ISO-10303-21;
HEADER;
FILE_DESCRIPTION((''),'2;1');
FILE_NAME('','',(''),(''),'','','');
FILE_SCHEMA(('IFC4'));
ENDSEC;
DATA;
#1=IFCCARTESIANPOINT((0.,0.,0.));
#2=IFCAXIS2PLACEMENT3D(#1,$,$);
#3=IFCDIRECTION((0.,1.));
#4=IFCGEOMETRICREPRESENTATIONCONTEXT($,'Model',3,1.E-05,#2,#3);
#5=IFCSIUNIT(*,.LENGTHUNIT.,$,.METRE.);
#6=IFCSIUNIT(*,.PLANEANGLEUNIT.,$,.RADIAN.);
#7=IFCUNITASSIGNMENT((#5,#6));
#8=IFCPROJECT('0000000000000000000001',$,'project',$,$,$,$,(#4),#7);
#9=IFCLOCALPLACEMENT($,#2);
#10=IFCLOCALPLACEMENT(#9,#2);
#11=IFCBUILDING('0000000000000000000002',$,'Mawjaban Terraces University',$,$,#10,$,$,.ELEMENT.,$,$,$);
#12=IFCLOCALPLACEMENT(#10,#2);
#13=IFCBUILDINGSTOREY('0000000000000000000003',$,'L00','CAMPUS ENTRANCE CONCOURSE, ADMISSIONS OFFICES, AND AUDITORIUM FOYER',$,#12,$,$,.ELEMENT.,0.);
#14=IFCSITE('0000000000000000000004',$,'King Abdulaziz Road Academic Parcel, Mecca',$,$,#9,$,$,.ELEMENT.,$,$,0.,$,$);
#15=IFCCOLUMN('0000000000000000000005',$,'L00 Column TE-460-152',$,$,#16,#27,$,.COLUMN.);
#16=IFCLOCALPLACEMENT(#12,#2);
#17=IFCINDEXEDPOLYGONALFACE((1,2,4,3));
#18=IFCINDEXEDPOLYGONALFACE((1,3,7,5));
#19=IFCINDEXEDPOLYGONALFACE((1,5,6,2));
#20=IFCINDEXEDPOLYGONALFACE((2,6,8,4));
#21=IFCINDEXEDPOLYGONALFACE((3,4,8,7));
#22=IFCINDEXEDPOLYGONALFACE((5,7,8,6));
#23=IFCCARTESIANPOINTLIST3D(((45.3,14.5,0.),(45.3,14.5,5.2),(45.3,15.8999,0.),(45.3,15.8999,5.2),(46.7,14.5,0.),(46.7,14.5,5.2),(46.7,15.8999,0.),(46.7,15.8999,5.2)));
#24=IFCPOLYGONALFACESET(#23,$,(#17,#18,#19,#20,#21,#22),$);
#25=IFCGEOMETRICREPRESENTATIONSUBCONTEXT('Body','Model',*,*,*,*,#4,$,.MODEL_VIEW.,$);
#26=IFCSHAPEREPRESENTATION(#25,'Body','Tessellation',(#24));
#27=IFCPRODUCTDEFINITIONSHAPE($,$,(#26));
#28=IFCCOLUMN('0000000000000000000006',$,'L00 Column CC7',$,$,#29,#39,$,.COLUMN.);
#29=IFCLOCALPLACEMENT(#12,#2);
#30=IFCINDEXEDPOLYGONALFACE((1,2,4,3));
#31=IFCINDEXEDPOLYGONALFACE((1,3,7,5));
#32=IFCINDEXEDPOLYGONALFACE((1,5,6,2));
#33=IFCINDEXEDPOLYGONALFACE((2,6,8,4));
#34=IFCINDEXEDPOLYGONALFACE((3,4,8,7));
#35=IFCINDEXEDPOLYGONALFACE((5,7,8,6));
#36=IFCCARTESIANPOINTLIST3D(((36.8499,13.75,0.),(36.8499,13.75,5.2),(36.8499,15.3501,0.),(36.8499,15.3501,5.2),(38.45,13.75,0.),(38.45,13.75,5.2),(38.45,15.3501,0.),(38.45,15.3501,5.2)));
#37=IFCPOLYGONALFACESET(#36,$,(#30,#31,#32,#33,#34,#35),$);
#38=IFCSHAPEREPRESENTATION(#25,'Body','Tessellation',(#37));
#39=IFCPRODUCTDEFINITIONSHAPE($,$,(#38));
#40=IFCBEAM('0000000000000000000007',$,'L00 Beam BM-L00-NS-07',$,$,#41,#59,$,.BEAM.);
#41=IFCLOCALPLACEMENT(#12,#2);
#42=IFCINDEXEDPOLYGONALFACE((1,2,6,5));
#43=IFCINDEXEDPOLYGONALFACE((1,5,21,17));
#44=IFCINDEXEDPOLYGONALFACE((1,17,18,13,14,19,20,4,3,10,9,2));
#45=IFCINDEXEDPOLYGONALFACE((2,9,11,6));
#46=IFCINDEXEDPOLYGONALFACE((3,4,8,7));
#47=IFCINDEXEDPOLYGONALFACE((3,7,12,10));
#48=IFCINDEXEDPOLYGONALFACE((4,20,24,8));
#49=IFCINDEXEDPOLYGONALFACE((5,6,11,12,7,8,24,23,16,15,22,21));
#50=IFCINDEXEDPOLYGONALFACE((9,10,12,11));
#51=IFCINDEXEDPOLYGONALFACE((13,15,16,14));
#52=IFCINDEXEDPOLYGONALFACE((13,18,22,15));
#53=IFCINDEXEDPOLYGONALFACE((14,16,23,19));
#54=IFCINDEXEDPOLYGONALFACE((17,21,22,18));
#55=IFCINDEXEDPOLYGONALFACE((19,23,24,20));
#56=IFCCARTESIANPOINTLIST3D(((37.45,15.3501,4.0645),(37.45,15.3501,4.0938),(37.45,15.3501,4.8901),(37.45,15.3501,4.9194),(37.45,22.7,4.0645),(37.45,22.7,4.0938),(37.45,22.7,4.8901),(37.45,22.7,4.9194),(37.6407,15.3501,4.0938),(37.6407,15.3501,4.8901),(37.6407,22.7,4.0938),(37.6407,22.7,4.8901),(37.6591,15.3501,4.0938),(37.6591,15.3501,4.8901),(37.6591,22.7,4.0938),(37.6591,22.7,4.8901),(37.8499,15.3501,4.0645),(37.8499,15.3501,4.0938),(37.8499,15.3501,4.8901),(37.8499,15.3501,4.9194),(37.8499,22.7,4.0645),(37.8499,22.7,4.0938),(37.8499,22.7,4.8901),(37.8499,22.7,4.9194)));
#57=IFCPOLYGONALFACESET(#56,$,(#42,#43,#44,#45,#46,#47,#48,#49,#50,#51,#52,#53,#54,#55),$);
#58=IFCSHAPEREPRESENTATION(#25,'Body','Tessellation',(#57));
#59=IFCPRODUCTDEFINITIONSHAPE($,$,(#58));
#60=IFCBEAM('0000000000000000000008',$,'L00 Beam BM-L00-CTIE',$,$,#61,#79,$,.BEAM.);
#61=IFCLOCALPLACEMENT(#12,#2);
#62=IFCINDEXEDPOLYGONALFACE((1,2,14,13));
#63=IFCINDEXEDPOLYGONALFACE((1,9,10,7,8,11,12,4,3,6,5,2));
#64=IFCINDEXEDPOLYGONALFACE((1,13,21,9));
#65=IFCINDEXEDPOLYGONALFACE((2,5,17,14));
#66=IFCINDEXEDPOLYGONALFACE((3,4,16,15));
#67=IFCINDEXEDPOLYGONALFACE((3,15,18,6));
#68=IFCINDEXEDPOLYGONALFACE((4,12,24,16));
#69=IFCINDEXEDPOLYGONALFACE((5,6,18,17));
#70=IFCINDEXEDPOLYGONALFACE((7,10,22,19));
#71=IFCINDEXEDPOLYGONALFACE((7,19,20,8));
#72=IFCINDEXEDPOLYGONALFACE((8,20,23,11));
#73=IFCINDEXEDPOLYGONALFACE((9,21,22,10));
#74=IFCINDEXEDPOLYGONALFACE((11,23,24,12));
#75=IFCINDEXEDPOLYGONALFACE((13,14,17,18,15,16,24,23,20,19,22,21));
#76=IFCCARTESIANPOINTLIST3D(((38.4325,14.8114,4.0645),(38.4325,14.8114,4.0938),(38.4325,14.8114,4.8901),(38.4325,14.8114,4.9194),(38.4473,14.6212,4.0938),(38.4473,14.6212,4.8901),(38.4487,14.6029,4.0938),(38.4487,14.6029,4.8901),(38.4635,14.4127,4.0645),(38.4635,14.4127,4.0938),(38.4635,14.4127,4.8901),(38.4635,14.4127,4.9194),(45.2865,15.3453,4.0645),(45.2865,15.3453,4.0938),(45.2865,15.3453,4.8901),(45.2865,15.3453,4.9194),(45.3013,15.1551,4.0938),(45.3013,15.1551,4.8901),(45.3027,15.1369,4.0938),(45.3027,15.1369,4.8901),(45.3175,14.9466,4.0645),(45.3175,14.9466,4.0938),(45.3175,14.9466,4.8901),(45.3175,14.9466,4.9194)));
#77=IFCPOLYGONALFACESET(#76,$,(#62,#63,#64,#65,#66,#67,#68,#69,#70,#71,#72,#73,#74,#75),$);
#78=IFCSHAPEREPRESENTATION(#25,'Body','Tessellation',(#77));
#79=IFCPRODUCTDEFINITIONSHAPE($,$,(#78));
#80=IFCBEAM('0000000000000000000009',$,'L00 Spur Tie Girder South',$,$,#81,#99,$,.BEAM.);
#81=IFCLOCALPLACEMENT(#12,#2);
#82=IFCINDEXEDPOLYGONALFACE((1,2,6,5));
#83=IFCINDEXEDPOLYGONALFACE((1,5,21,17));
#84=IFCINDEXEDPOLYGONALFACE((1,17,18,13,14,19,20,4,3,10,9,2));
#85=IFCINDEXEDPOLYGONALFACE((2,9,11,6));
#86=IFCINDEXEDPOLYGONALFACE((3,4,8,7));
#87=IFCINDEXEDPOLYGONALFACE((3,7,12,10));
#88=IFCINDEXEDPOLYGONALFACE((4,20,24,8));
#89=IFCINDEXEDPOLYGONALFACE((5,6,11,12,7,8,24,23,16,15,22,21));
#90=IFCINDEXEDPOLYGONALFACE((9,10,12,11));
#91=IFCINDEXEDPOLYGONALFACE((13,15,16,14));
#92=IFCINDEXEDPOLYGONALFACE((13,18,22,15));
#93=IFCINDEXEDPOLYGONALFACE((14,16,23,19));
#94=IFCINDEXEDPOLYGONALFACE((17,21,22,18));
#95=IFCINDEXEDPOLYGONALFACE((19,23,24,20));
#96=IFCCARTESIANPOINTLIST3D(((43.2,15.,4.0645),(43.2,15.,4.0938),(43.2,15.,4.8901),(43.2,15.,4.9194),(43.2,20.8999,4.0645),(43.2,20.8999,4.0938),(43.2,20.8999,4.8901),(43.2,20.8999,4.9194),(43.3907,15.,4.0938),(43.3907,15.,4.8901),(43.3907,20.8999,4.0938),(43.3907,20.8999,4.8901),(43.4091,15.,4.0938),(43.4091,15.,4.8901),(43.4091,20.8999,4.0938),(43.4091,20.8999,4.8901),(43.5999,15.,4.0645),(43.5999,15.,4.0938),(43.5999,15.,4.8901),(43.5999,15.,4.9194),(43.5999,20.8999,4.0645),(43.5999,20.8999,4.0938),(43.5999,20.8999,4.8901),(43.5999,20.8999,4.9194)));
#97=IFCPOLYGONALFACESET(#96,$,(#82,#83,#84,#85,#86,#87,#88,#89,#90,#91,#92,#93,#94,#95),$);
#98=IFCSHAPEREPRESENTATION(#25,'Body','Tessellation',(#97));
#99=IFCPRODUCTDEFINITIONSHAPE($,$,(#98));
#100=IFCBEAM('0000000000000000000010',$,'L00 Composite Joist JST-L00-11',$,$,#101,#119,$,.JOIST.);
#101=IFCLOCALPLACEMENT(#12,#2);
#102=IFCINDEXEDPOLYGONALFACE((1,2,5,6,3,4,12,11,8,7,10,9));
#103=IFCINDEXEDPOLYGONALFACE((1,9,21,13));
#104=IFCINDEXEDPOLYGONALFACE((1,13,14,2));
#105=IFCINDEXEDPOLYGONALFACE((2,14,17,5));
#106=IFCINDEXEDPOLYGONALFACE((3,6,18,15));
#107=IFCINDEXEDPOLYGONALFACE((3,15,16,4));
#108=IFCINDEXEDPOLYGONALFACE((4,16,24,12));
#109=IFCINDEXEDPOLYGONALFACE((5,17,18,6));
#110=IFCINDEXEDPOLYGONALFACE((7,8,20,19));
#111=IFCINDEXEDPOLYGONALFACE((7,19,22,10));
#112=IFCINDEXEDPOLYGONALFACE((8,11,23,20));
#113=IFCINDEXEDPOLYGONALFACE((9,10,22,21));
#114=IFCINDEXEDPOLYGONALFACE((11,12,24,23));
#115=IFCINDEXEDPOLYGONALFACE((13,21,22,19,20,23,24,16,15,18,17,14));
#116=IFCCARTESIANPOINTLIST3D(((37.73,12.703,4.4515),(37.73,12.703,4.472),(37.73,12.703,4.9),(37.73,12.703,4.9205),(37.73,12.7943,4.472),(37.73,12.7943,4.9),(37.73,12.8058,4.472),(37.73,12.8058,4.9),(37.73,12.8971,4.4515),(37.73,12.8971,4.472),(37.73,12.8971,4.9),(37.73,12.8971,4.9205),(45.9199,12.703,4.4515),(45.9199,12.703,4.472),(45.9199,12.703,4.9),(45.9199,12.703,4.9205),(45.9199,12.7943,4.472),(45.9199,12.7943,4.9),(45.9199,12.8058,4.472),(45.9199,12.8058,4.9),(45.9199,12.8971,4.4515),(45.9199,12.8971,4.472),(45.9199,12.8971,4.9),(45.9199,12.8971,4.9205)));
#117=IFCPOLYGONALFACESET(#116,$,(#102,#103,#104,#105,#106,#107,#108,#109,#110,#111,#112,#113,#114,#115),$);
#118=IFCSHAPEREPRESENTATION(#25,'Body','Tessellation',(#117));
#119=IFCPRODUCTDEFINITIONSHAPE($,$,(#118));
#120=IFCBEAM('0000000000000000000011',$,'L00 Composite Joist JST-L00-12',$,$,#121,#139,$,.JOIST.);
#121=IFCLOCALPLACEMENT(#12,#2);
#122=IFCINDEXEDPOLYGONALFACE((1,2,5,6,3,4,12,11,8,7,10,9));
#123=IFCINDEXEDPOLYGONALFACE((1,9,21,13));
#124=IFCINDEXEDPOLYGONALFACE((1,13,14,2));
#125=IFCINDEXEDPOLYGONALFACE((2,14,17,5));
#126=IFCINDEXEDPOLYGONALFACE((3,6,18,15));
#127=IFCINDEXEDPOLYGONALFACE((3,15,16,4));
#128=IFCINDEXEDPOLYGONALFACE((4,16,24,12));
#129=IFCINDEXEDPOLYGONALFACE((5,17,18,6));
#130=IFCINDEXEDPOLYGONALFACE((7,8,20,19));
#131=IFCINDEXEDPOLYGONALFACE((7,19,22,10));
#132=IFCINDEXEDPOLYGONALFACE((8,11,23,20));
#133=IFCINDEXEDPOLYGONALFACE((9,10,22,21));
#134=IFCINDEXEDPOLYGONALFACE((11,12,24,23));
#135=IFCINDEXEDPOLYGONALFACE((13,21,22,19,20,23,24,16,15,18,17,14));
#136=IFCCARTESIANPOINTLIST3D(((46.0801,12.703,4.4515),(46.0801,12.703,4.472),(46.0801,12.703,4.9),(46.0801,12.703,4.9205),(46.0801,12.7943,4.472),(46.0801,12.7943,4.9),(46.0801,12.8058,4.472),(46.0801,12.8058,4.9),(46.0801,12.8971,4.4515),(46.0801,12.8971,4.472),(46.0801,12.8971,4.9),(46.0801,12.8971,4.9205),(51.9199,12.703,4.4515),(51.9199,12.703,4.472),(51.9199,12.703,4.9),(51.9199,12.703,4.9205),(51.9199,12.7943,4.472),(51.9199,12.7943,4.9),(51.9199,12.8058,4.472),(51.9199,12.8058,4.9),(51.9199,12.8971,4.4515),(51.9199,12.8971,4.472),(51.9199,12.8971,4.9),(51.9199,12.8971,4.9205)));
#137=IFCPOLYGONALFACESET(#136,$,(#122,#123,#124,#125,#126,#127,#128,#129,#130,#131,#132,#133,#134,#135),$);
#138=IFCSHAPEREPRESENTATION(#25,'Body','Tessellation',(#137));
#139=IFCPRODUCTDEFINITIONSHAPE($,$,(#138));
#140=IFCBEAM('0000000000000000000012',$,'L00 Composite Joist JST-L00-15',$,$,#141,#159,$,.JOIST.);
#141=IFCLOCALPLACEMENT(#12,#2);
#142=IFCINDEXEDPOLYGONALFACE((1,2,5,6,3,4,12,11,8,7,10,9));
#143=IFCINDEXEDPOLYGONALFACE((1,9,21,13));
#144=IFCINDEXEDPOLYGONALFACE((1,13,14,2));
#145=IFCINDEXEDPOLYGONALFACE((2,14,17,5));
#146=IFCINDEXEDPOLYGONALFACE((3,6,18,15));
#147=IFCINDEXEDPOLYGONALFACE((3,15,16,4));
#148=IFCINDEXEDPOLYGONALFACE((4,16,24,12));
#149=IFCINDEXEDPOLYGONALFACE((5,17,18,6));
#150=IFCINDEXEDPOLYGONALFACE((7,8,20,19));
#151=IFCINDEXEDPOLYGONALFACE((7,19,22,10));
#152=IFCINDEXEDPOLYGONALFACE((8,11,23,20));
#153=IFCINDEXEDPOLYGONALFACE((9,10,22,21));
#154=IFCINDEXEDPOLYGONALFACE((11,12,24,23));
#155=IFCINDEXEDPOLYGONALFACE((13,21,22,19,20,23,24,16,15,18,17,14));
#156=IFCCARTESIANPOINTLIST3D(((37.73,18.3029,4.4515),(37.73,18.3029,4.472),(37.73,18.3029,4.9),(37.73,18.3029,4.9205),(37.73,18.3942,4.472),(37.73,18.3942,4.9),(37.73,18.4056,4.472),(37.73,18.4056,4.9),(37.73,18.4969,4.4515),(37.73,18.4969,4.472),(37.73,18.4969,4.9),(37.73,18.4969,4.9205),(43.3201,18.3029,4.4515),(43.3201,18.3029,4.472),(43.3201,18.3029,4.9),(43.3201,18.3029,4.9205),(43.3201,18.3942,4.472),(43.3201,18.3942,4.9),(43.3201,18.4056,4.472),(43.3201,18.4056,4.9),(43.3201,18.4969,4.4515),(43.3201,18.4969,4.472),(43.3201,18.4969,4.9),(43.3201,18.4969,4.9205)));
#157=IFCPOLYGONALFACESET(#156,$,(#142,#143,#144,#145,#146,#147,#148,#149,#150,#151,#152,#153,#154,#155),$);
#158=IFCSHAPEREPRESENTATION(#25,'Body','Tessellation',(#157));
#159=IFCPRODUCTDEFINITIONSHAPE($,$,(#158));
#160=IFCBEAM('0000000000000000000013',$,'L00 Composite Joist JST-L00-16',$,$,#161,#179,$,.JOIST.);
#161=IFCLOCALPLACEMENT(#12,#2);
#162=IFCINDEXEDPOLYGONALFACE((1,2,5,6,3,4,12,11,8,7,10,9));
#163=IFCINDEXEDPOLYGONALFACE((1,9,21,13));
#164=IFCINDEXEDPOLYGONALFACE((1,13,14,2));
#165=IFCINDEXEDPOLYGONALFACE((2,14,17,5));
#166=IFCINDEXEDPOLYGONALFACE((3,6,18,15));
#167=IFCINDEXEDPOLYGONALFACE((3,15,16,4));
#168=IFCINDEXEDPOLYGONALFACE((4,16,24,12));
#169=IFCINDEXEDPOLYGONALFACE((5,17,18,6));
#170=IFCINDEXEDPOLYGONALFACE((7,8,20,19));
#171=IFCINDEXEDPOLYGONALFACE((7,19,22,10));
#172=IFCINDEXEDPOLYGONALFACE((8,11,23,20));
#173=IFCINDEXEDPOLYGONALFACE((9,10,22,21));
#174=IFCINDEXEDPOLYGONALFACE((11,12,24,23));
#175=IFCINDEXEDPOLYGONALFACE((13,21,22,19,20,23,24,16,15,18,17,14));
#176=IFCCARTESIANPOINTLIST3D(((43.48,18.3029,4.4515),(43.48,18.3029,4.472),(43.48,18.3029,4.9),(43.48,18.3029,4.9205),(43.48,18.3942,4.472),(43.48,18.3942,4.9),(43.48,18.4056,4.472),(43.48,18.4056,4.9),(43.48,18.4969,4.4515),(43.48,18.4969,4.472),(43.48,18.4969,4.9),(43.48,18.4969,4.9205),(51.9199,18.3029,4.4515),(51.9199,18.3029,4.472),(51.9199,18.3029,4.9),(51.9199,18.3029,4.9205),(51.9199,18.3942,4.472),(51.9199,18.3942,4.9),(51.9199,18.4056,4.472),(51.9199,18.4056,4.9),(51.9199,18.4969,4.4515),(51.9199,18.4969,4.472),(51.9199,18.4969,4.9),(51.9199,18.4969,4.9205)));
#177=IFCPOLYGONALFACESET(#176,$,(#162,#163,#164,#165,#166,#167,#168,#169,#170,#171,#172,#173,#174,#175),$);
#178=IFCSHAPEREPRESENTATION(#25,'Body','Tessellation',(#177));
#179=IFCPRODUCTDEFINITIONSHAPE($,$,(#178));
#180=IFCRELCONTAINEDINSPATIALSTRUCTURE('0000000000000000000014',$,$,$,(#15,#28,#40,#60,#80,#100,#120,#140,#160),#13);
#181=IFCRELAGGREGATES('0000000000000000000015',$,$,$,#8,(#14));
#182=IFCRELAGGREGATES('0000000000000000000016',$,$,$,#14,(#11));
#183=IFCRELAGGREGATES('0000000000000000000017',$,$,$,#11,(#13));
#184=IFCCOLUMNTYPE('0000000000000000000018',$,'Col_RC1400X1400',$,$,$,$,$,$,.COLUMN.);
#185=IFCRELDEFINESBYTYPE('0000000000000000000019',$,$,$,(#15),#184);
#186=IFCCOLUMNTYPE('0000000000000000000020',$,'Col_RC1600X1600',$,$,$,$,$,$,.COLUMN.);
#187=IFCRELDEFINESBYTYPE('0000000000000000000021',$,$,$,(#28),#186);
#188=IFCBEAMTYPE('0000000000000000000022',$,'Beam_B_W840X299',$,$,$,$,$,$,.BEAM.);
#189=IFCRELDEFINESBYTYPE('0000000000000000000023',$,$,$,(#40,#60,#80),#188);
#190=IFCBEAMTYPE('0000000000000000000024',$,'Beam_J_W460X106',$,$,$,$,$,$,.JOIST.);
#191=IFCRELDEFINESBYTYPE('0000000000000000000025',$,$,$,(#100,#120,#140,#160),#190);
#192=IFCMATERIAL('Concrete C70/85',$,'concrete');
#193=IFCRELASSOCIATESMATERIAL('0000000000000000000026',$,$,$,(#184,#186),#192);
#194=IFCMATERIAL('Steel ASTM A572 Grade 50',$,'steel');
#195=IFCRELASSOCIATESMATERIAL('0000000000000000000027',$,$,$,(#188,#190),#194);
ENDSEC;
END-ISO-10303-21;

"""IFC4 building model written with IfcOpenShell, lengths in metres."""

from ifc_helpers import new_model, si_unit, direction, frame, origin, origin_2d, place, context, subcontext, project, spatial, rectangle, i_section, extrude, material, material_profile, profile_set, type_object, element, save


model = new_model("IFC4")

# Units and contexts
model_context = context("Model", 3, precision=1e-05, world=origin(), true_north=direction((0.0, 1.0)))
body_context = subcontext(model_context, "Body", "Model", "MODEL_VIEW")
ifc_project = project(units=[si_unit("LENGTHUNIT", "METRE"), si_unit("PLANEANGLEUNIT", "RADIAN")], contexts=[model_context])

# Site, building, storey
site_placement = place(None, origin())
site = spatial("IfcSite", under=ifc_project, at=site_placement, Name="King Abdulaziz Road Academic Parcel, Mecca", CompositionType="ELEMENT", RefElevation=0.0)
building_placement = place(site_placement, origin())
building = spatial("IfcBuilding", under=site, at=building_placement, Name="Mawjaban Terraces University", CompositionType="ELEMENT")
storey_placement = place(building_placement, origin())
storey = spatial("IfcBuildingStorey", under=building, at=storey_placement, Name="L00", Description="CAMPUS ENTRANCE CONCOURSE, ADMISSIONS OFFICES, AND AUDITORIUM FOYER", CompositionType="ELEMENT", Elevation=0.0)

# Columns
ifc_material_1 = material(Name="Concrete C70/85", Category="concrete")
ifc_material_profile_1 = material_profile(ifc_material_1, rectangle(XDim=1.3999, YDim=1.3999, at=origin_2d()), Name="RC1400X1400")
ifc_profile_set_1 = profile_set([ifc_material_profile_1], Name="Concrete C70/85")
column_type_1 = type_object("IfcColumnType", Name="Col_RC1400X1400", PredefinedType="COLUMN", material=ifc_profile_set_1)
column_1_placement = place(storey_placement, frame((46.0, 15.2, 0.0), z_axis=(0.0, 0.0, 1.0), x_axis=(1.0, 0.0, 0.0)))
element("IfcColumn", 1, at=column_1_placement, inside=storey, type_object=column_type_1, Name="L00 Column TE-460-152", PredefinedType="COLUMN", context=body_context, shape_type="SweptSolid", body=[
    extrude(rectangle(XDim=1.3999, YDim=1.3999, at=origin_2d()), origin(), (0.0, 0.0, 1.0), 5.2),
])
ifc_material_profile_2 = material_profile(ifc_material_1, rectangle(XDim=1.6001, YDim=1.6001, at=origin_2d()), Name="RC1600X1600")
ifc_profile_set_2 = profile_set([ifc_material_profile_2], Name="Concrete C70/85")
column_type_2 = type_object("IfcColumnType", Name="Col_RC1600X1600", PredefinedType="COLUMN", material=ifc_profile_set_2)
column_2_placement = place(storey_placement, frame((37.6499, 14.55, 0.0), z_axis=(0.0, 0.0, 1.0), x_axis=(1.0, 0.0, 0.0)))
element("IfcColumn", 2, at=column_2_placement, inside=storey, type_object=column_type_2, Name="L00 Column CC7", PredefinedType="COLUMN", context=body_context, shape_type="SweptSolid", body=[
    extrude(rectangle(XDim=1.6001, YDim=1.6001, at=origin_2d()), origin(), (0.0, 0.0, 1.0), 5.2),
])

# Beams
ifc_material_2 = material(Name="Steel ASTM A572 Grade 50", Category="steel")
ifc_material_profile_3 = material_profile(ifc_material_2, i_section(OverallWidth=0.3999, OverallDepth=0.855, WebThickness=0.0183, FlangeThickness=0.0293, at=origin_2d()), Name="W840X299")
ifc_profile_set_3 = profile_set([ifc_material_profile_3], Name="Steel ASTM A572 Grade 50")
beam_type_1 = type_object("IfcBeamType", Name="Beam_B_W840X299", PredefinedType="BEAM", material=ifc_profile_set_3)
beam_1_placement = place(storey_placement, frame((37.6499, 15.3501, 4.4919), z_axis=(0.0, 1.0, 0.0), x_axis=(-1.0, 0.0, 0.0)))
element("IfcBeam", 3, at=beam_1_placement, inside=storey, type_object=beam_type_1, Name="L00 Beam BM-L00-NS-07", PredefinedType="BEAM", context=body_context, shape_type="SweptSolid", body=[
    extrude(i_section(OverallWidth=0.3999, OverallDepth=0.855, WebThickness=0.0183, FlangeThickness=0.0293, at=origin_2d()), origin(), (0.0, 0.0, 1.0), 7.3499),
])
beam_2_placement = place(storey_placement, frame((38.448, 14.6121, 4.4919), z_axis=(0.996979, 0.077666, 0.0), x_axis=(-0.077666, 0.996979, 0.0)))
element("IfcBeam", 4, at=beam_2_placement, inside=storey, type_object=beam_type_1, Name="L00 Beam BM-L00-CTIE", PredefinedType="BEAM", context=body_context, shape_type="SweptSolid", body=[
    extrude(i_section(OverallWidth=0.3999, OverallDepth=0.855, WebThickness=0.0183, FlangeThickness=0.0293, at=origin_2d()), origin(), (0.0, 0.0, 1.0), 6.8748),
])
beam_3_placement = place(storey_placement, frame((43.3999, 15.0, 4.4919), z_axis=(0.0, 1.0, 0.0), x_axis=(-1.0, 0.0, 0.0)))
element("IfcBeam", 5, at=beam_3_placement, inside=storey, type_object=beam_type_1, Name="L00 Spur Tie Girder South", PredefinedType="BEAM", context=body_context, shape_type="SweptSolid", body=[
    extrude(i_section(OverallWidth=0.3999, OverallDepth=0.855, WebThickness=0.0183, FlangeThickness=0.0293, at=origin_2d()), origin(), (0.0, 0.0, 1.0), 5.8999),
])
ifc_material_profile_4 = material_profile(ifc_material_2, i_section(OverallWidth=0.1941, OverallDepth=0.469, WebThickness=0.0115, FlangeThickness=0.0205, at=origin_2d()), Name="W460X106")
ifc_profile_set_4 = profile_set([ifc_material_profile_4], Name="Steel ASTM A572 Grade 50")
beam_type_2 = type_object("IfcBeamType", Name="Beam_J_W460X106", PredefinedType="JOIST", material=ifc_profile_set_4)
beam_4_placement = place(storey_placement, frame((37.73, 12.8, 4.686), z_axis=(1.0, 0.0, 0.0), x_axis=(0.0, 1.0, 0.0)))
element("IfcBeam", 6, at=beam_4_placement, inside=storey, type_object=beam_type_2, Name="L00 Composite Joist JST-L00-11", PredefinedType="JOIST", context=body_context, shape_type="SweptSolid", body=[
    extrude(i_section(OverallWidth=0.1941, OverallDepth=0.469, WebThickness=0.0115, FlangeThickness=0.0205, at=origin_2d()), origin(), (0.0, 0.0, 1.0), 8.1899),
])
beam_5_placement = place(storey_placement, frame((46.0801, 12.8, 4.686), z_axis=(1.0, 0.0, 0.0), x_axis=(0.0, 1.0, 0.0)))
element("IfcBeam", 7, at=beam_5_placement, inside=storey, type_object=beam_type_2, Name="L00 Composite Joist JST-L00-12", PredefinedType="JOIST", context=body_context, shape_type="SweptSolid", body=[
    extrude(i_section(OverallWidth=0.1941, OverallDepth=0.469, WebThickness=0.0115, FlangeThickness=0.0205, at=origin_2d()), origin(), (0.0, 0.0, 1.0), 5.8398),
])
beam_6_placement = place(storey_placement, frame((37.73, 18.3999, 4.686), z_axis=(1.0, 0.0, 0.0), x_axis=(0.0, 1.0, 0.0)))
element("IfcBeam", 8, at=beam_6_placement, inside=storey, type_object=beam_type_2, Name="L00 Composite Joist JST-L00-15", PredefinedType="JOIST", context=body_context, shape_type="SweptSolid", body=[
    extrude(i_section(OverallWidth=0.1941, OverallDepth=0.469, WebThickness=0.0115, FlangeThickness=0.0205, at=origin_2d()), origin(), (0.0, 0.0, 1.0), 5.5901),
])
beam_7_placement = place(storey_placement, frame((43.48, 18.3999, 4.686), z_axis=(1.0, 0.0, 0.0), x_axis=(0.0, 1.0, 0.0)))
element("IfcBeam", 9, at=beam_7_placement, inside=storey, type_object=beam_type_2, Name="L00 Composite Joist JST-L00-16", PredefinedType="JOIST", context=body_context, shape_type="SweptSolid", body=[
    extrude(i_section(OverallWidth=0.1941, OverallDepth=0.469, WebThickness=0.0115, FlangeThickness=0.0205, at=origin_2d()), origin(), (0.0, 0.0, 1.0), 8.4399),
])

save(model, "model.ifc")
